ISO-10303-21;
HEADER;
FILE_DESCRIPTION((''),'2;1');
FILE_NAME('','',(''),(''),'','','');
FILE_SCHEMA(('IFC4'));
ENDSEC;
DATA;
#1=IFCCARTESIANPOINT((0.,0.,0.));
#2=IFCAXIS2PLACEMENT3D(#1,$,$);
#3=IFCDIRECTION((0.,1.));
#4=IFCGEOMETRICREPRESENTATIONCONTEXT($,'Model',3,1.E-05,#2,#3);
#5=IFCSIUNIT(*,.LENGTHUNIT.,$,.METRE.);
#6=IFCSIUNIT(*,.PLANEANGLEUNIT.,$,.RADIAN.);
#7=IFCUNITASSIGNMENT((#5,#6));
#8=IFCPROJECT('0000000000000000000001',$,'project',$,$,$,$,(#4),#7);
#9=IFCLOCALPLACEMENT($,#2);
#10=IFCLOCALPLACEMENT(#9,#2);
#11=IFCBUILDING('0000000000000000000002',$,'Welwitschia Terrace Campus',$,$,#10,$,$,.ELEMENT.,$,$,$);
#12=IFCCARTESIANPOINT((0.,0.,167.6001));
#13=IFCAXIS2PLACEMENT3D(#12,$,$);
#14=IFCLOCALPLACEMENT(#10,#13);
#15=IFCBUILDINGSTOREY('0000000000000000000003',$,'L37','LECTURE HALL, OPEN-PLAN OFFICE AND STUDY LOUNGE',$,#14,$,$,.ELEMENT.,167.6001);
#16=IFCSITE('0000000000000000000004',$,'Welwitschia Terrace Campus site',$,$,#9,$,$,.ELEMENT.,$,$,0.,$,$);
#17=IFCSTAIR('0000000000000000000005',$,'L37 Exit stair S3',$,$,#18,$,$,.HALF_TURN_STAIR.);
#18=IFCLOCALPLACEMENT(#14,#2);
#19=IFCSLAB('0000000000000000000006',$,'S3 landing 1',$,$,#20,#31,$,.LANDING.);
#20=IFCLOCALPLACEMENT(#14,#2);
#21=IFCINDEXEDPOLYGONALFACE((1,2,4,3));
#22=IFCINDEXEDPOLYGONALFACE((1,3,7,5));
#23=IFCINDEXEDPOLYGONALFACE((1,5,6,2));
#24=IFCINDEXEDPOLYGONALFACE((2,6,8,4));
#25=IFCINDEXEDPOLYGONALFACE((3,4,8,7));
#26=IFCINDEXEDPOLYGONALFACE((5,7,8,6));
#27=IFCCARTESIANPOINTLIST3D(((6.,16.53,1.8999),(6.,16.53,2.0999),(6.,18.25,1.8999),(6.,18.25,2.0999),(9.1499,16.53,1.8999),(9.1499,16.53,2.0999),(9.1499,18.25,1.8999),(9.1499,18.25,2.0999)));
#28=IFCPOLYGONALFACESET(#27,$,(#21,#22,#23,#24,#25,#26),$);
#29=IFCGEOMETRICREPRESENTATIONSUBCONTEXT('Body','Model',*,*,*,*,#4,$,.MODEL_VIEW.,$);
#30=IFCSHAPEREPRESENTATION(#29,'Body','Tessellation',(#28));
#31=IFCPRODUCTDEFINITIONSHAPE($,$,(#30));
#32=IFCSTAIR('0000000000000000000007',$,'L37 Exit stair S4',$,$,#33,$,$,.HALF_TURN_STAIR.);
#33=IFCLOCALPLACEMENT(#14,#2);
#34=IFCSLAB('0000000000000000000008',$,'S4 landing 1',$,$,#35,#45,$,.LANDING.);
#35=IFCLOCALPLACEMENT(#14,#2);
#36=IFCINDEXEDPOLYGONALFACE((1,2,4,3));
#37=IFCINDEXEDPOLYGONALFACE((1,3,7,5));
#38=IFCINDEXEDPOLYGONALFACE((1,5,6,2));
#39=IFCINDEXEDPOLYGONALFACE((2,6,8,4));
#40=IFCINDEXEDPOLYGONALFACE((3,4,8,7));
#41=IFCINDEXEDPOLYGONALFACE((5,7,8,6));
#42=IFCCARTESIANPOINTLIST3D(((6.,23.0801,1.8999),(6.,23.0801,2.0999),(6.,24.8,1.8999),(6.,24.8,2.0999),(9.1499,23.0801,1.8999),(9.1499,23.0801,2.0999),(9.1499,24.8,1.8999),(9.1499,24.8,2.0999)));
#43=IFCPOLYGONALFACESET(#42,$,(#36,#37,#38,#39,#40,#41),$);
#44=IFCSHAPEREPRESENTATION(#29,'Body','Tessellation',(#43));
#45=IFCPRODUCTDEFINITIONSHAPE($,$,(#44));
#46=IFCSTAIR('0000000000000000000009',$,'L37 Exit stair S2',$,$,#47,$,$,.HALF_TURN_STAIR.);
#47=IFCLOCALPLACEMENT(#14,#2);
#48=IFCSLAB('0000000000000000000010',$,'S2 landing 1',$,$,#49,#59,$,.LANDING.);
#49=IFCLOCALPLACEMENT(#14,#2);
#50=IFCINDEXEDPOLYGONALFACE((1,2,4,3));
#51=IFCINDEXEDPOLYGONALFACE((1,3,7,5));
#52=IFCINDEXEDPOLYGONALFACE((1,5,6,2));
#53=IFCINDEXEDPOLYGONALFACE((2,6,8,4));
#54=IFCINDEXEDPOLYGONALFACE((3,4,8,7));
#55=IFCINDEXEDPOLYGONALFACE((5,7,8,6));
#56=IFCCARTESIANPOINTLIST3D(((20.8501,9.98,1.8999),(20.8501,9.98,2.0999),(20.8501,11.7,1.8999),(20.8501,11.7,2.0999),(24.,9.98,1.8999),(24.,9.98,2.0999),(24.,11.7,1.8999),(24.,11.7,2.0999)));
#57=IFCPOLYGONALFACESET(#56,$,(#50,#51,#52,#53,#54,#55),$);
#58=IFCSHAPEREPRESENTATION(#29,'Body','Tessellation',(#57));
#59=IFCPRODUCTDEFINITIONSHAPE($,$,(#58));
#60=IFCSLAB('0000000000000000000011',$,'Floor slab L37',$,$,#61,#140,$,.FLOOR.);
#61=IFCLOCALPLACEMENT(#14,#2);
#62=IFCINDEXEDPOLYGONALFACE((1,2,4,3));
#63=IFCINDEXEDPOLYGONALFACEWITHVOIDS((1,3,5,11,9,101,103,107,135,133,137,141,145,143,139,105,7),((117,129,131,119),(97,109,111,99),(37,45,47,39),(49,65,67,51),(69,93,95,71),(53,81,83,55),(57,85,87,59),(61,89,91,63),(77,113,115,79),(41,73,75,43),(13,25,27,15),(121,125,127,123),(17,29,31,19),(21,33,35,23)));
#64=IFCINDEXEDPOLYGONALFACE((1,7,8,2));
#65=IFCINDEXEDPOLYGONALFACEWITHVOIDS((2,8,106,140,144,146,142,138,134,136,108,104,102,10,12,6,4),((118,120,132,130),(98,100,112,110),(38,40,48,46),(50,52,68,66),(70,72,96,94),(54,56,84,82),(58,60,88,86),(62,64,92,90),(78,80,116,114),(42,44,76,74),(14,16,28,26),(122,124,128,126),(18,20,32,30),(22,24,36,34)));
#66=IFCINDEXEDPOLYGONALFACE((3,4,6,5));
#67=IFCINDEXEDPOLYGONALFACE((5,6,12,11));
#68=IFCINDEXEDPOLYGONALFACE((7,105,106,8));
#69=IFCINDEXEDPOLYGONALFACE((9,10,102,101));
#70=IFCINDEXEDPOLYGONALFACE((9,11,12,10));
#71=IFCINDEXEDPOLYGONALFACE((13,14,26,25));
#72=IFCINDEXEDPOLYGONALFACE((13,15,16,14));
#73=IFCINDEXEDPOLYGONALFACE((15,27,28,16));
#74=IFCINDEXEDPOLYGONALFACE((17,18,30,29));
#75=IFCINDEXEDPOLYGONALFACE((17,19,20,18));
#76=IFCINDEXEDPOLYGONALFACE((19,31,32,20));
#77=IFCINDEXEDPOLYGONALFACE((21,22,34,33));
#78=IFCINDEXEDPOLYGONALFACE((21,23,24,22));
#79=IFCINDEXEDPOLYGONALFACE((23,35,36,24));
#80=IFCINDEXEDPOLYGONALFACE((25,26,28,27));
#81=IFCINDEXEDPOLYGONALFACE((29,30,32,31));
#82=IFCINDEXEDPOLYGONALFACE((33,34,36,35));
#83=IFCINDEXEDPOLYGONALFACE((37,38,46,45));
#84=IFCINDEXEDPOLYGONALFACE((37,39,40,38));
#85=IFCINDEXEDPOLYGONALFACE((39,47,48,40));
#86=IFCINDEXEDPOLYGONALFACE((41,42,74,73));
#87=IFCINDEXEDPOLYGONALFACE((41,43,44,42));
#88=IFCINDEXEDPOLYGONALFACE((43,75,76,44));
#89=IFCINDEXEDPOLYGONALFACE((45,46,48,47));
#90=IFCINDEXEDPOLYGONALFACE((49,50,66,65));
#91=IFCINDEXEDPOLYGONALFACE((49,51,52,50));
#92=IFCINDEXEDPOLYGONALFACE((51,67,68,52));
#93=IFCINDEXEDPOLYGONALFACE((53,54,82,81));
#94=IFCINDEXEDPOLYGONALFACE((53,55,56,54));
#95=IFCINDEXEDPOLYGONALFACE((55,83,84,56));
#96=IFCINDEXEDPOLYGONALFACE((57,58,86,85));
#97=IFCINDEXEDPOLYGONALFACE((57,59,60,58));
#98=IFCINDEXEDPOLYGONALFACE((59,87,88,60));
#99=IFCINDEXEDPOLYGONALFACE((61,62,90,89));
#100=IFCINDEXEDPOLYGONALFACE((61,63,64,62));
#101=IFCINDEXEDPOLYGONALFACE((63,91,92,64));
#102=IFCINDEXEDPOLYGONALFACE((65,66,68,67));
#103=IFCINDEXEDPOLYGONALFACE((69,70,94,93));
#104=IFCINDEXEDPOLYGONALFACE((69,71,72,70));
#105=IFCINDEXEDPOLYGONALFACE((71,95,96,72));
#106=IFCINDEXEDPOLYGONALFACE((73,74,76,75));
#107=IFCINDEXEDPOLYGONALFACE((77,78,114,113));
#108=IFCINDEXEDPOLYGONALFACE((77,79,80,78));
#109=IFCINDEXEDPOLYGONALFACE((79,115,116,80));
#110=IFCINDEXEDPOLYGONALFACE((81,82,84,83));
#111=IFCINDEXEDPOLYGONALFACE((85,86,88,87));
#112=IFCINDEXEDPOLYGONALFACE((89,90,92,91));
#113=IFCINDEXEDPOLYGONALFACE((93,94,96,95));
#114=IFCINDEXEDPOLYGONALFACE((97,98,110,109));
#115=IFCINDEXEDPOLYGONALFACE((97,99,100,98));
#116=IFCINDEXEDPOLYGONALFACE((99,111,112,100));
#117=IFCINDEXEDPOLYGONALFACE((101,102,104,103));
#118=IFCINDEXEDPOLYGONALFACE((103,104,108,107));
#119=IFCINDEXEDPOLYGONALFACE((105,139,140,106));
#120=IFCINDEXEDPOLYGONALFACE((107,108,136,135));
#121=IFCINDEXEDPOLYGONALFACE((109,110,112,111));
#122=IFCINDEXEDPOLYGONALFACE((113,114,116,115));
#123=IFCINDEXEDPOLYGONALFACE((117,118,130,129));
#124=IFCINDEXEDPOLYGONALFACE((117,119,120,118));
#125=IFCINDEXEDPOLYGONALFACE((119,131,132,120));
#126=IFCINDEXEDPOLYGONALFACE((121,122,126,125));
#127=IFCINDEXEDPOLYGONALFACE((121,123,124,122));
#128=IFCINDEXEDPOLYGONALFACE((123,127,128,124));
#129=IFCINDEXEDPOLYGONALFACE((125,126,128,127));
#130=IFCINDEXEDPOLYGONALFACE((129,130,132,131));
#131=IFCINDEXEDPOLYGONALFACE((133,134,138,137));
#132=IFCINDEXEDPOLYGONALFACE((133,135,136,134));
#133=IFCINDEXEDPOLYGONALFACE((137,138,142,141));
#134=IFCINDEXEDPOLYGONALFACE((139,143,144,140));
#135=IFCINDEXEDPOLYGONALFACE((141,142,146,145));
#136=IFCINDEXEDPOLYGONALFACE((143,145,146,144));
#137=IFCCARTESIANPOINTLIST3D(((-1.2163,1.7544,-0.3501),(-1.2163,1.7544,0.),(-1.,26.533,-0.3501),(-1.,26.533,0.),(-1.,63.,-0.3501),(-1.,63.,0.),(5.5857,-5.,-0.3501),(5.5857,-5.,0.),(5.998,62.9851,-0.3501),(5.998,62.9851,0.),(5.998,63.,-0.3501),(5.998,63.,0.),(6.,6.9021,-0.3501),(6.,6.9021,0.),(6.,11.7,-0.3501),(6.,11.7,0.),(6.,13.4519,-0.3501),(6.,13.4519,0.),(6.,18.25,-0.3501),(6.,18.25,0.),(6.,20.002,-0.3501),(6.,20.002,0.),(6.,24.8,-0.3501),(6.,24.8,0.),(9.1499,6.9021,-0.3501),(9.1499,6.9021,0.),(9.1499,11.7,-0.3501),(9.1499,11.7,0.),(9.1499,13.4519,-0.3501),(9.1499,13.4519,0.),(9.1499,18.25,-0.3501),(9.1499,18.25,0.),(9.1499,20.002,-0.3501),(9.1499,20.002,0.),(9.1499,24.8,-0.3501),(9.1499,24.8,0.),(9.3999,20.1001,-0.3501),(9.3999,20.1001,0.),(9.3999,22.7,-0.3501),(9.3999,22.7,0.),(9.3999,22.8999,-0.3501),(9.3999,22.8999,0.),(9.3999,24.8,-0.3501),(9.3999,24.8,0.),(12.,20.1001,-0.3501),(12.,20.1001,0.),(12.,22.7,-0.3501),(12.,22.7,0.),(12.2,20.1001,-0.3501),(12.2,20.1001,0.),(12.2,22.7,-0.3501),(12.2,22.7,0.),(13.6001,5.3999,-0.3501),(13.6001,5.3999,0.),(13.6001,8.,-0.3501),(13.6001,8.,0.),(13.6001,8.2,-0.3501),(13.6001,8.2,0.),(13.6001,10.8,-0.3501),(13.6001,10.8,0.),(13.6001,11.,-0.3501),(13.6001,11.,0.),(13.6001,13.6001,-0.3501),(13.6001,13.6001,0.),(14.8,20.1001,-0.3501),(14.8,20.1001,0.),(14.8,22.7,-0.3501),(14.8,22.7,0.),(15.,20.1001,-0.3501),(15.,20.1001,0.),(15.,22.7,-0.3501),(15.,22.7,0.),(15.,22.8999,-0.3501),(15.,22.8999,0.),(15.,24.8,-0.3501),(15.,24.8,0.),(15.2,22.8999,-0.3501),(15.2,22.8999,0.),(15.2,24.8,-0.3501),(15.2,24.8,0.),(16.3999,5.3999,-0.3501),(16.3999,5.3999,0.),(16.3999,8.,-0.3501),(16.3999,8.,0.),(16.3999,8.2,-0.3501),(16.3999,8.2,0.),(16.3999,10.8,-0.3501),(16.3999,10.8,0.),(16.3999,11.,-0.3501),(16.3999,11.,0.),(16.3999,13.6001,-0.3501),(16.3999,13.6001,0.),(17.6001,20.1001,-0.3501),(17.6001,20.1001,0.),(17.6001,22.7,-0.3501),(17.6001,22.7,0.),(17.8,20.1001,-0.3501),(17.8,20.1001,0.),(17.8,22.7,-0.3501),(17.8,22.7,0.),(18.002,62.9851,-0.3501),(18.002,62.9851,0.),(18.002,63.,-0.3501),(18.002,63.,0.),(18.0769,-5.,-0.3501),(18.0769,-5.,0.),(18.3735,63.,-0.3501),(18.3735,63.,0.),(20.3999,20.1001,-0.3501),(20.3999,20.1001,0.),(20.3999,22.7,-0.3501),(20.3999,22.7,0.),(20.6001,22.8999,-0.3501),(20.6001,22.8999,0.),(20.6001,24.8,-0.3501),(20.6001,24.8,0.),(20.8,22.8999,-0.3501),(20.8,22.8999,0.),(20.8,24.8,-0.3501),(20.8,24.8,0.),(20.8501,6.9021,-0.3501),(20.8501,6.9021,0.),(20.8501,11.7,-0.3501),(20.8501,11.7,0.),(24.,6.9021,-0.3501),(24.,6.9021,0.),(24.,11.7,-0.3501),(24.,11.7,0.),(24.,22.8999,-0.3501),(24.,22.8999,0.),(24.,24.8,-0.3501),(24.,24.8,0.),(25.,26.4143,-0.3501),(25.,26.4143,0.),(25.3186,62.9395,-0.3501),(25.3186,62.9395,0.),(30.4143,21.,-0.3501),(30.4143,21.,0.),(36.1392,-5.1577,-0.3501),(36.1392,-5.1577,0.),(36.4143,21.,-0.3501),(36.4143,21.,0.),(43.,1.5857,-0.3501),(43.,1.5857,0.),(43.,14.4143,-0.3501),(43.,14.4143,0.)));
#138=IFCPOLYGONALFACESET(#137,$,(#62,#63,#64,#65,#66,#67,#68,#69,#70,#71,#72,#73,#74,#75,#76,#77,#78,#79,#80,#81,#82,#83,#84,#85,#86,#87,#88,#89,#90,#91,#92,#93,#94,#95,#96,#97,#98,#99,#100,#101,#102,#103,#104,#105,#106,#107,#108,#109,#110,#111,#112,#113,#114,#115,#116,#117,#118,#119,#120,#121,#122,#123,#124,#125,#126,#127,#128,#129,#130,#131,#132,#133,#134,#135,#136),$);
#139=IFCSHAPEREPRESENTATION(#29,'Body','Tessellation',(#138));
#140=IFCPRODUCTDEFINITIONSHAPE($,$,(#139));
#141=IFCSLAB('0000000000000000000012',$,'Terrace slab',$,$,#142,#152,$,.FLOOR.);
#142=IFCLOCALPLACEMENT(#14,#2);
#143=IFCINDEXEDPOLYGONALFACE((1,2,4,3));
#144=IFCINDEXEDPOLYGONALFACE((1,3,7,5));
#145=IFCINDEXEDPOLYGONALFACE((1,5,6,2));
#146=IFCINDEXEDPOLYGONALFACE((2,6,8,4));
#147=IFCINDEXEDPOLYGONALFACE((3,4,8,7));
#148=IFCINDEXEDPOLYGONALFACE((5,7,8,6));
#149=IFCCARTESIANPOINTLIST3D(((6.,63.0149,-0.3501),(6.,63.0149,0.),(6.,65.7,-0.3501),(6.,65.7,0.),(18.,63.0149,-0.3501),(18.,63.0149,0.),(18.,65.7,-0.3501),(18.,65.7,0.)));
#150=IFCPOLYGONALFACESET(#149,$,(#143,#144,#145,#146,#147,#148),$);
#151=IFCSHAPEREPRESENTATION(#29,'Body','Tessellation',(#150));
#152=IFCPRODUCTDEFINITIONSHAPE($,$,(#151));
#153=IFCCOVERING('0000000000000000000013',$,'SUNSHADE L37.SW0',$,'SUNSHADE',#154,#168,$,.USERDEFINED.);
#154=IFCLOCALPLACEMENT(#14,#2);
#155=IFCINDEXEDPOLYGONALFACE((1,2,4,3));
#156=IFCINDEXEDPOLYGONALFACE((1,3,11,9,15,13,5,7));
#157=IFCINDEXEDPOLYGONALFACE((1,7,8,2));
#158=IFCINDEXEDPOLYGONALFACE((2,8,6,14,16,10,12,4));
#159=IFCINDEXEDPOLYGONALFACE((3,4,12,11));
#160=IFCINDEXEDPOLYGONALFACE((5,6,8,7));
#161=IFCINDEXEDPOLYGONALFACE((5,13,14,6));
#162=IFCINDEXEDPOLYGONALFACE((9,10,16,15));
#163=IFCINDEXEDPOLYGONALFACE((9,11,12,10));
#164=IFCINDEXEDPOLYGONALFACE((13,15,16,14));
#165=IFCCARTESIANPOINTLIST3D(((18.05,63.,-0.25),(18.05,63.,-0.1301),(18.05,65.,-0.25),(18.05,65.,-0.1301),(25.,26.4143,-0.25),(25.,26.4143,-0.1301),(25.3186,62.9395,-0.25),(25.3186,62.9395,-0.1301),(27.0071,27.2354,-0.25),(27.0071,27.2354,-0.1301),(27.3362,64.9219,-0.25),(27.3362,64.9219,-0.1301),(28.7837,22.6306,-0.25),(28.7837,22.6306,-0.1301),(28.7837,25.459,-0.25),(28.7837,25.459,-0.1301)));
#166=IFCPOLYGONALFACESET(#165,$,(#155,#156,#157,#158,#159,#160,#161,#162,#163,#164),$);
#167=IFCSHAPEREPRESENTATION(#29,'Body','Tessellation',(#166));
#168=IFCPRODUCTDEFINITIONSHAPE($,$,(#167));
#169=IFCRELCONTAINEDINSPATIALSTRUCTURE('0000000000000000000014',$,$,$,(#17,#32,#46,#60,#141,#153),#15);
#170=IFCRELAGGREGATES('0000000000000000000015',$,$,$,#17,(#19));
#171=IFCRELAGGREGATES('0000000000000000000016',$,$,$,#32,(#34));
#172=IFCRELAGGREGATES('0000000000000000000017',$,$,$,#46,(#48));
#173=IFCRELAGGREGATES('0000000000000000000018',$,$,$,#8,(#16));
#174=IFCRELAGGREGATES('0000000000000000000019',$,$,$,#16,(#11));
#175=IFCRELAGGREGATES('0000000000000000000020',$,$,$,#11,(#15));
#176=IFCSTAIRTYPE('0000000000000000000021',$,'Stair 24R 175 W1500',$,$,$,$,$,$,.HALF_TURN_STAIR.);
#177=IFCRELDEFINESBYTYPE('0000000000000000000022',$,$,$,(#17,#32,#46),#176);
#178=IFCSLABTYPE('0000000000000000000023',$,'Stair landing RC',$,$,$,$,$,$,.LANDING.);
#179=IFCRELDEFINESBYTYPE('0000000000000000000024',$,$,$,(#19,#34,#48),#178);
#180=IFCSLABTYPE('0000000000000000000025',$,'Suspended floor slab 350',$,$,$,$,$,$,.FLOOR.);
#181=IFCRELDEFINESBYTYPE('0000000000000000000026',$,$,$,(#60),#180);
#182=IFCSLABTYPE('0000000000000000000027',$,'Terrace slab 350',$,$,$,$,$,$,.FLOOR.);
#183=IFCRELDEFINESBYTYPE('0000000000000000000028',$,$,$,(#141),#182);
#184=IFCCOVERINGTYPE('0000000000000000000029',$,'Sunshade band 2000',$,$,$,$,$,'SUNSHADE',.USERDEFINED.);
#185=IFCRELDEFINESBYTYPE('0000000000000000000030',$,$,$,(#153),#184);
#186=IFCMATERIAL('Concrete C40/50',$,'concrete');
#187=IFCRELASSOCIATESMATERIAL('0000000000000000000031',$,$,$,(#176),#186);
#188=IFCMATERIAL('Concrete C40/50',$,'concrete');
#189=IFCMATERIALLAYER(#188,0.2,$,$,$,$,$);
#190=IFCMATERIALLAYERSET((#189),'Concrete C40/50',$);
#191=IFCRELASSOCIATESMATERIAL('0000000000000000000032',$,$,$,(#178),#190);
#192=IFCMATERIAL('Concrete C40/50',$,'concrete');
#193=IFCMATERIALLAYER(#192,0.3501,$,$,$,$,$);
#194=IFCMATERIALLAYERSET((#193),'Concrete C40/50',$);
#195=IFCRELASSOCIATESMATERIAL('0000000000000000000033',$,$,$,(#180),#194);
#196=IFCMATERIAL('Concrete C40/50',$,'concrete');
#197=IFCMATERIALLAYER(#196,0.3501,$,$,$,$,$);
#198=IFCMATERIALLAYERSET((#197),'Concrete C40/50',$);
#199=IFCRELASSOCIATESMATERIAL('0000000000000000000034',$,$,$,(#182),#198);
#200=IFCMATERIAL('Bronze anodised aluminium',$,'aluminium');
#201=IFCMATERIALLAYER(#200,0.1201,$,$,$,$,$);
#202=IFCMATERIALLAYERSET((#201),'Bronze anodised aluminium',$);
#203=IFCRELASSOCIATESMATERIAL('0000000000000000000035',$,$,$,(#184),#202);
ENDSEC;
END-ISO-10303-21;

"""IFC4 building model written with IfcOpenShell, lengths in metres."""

from ifc_helpers import new_model, si_unit, direction, frame, origin, place, context, subcontext, project, spatial, polyline, outline, extrude, material, layer, layer_set, type_object, element, aggregate, save


model = new_model("IFC4")

# Units and contexts
model_context = context("Model", 3, precision=1e-05, world=origin(), true_north=direction((0.0, 1.0)))
body_context = subcontext(model_context, "Body", "Model", "MODEL_VIEW")
ifc_project = project(units=[si_unit("LENGTHUNIT", "METRE"), si_unit("PLANEANGLEUNIT", "RADIAN")], contexts=[model_context])

# Site, building, storey
site_placement = place(None, origin())
site = spatial("IfcSite", under=ifc_project, at=site_placement, Name="Welwitschia Terrace Campus site", CompositionType="ELEMENT", RefElevation=0.0)
building_placement = place(site_placement, origin())
building = spatial("IfcBuilding", under=site, at=building_placement, Name="Welwitschia Terrace Campus", CompositionType="ELEMENT")
storey_placement = place(building_placement, frame((0.0, 0.0, 167.6001)))
storey = spatial("IfcBuildingStorey", under=building, at=storey_placement, Name="L37", Description="LECTURE HALL, OPEN-PLAN OFFICE AND STUDY LOUNGE", CompositionType="ELEMENT", Elevation=167.6001)

# Stairs, slabs
ifc_material_1 = material(Name="Concrete C40/50", Category="concrete")
stair_type = type_object("IfcStairType", Name="Stair 24R 175 W1500", PredefinedType="HALF_TURN_STAIR", material=ifc_material_1)
ifc_material_2 = material(Name="Concrete C40/50", Category="concrete")
ifc_layer_1 = layer(ifc_material_2, 0.2)
ifc_layer_set_1 = layer_set([ifc_layer_1], Name="Concrete C40/50")
slab_type_1 = type_object("IfcSlabType", Name="Stair landing RC", PredefinedType="LANDING", material=ifc_layer_set_1)
stair_1_placement = place(storey_placement, origin())
stair_1 = element("IfcStair", 1, at=stair_1_placement, inside=storey, type_object=stair_type, Name="L37 Exit stair S3", PredefinedType="HALF_TURN_STAIR")
slab_1_placement = place(storey_placement, frame((0.0, 0.0, 1.8999)))
slab_1 = element("IfcSlab", 2, at=slab_1_placement, type_object=slab_type_1, Name="S3 landing 1", PredefinedType="LANDING", context=body_context, shape_type="SweptSolid", body=[
    extrude(outline(polyline([(9.1499, 16.53), (9.1499, 18.25), (6.0, 18.25), (6.0, 16.53), (9.1499, 16.53)])), origin(), (0.0, 0.0, 1.0), 0.2),
])
aggregate(stair_1, [slab_1])
stair_2_placement = place(storey_placement, origin())
stair_2 = element("IfcStair", 3, at=stair_2_placement, inside=storey, type_object=stair_type, Name="L37 Exit stair S4", PredefinedType="HALF_TURN_STAIR")
slab_2_placement = place(storey_placement, frame((0.0, 0.0, 1.8999)))
slab_2 = element("IfcSlab", 4, at=slab_2_placement, type_object=slab_type_1, Name="S4 landing 1", PredefinedType="LANDING", context=body_context, shape_type="SweptSolid", body=[
    extrude(outline(polyline([(9.1499, 23.0801), (9.1499, 24.8), (6.0, 24.8), (6.0, 23.0801), (9.1499, 23.0801)])), origin(), (0.0, 0.0, 1.0), 0.2),
])
aggregate(stair_2, [slab_2])
stair_3_placement = place(storey_placement, origin())
stair_3 = element("IfcStair", 5, at=stair_3_placement, inside=storey, type_object=stair_type, Name="L37 Exit stair S2", PredefinedType="HALF_TURN_STAIR")
slab_3_placement = place(storey_placement, frame((0.0, 0.0, 1.8999)))
slab_3 = element("IfcSlab", 6, at=slab_3_placement, type_object=slab_type_1, Name="S2 landing 1", PredefinedType="LANDING", context=body_context, shape_type="SweptSolid", body=[
    extrude(outline(polyline([(24.0, 9.98), (24.0, 11.7), (20.8501, 11.7), (20.8501, 9.98), (24.0, 9.98)])), origin(), (0.0, 0.0, 1.0), 0.2),
])
aggregate(stair_3, [slab_3])

# Slabs
ifc_material_3 = material(Name="Concrete C40/50", Category="concrete")
ifc_layer_2 = layer(ifc_material_3, 0.3501)
ifc_layer_set_2 = layer_set([ifc_layer_2], Name="Concrete C40/50")
slab_type_2 = type_object("IfcSlabType", Name="Suspended floor slab 350", PredefinedType="FLOOR", material=ifc_layer_set_2)
slab_4_placement = place(storey_placement, frame((0.0, 0.0, -0.3501)))
element("IfcSlab", 7, at=slab_4_placement, inside=storey, type_object=slab_type_2, Name="Floor slab L37", PredefinedType="FLOOR", context=body_context, shape_type="SweptSolid", body=[
    extrude(outline(polyline([(25.0, 26.4143), (30.4143, 21.0), (36.4143, 21.0), (43.0, 14.4143), (43.0, 1.5857), (36.1392, -5.1577), (18.0769, -5.0), (5.5857, -5.0), (-1.2163, 1.7544), (-1.0, 26.533), (-1.0, 63.0), (5.998, 63.0), (5.998, 62.9851), (18.002, 62.9851), (18.002, 63.0), (18.3735, 63.0), (25.3186, 62.9395), (25.0, 26.4143)]), holes=[polyline([(13.6001, 5.3999), (16.3999, 5.3999), (16.3999, 8.0), (13.6001, 8.0), (13.6001, 5.3999)]), polyline([(6.0, 11.7), (6.0, 6.9021), (9.1499, 6.9021), (9.1499, 11.7), (6.0, 11.7)]), polyline([(6.0, 18.25), (6.0, 13.4519), (9.1499, 13.4519), (9.1499, 18.25), (6.0, 18.25)]), polyline([(9.3999, 22.7), (9.3999, 20.1001), (12.0, 20.1001), (12.0, 22.7), (9.3999, 22.7)]), polyline([(12.2, 22.7), (12.2, 20.1001), (14.8, 20.1001), (14.8, 22.7), (12.2, 22.7)]), polyline([(6.0, 24.8), (6.0, 20.002), (9.1499, 20.002), (9.1499, 24.8), (6.0, 24.8)]), polyline([(9.3999, 24.8), (9.3999, 22.8999), (15.0, 22.8999), (15.0, 24.8), (9.3999, 24.8)]), polyline([(20.8501, 6.9021), (24.0, 6.9021), (24.0, 11.7), (20.8501, 11.7), (20.8501, 6.9021)]), polyline([(13.6001, 10.8), (13.6001, 8.2), (16.3999, 8.2), (16.3999, 10.8), (13.6001, 10.8)]), polyline([(13.6001, 13.6001), (13.6001, 11.0), (16.3999, 11.0), (16.3999, 13.6001), (13.6001, 13.6001)]), polyline([(15.0, 22.7), (15.0, 20.1001), (17.6001, 20.1001), (17.6001, 22.7), (15.0, 22.7)]), polyline([(17.8, 22.7), (17.8, 20.1001), (20.3999, 20.1001), (20.3999, 22.7), (17.8, 22.7)]), polyline([(15.2, 24.8), (15.2, 22.8999), (20.6001, 22.8999), (20.6001, 24.8), (15.2, 24.8)]), polyline([(20.8, 24.8), (20.8, 22.8999), (24.0, 22.8999), (24.0, 24.8), (20.8, 24.8)])]), origin(), (0.0, 0.0, 1.0), 0.3501),
])
ifc_material_4 = material(Name="Concrete C40/50", Category="concrete")
ifc_layer_3 = layer(ifc_material_4, 0.3501)
ifc_layer_set_3 = layer_set([ifc_layer_3], Name="Concrete C40/50")
slab_type_3 = type_object("IfcSlabType", Name="Terrace slab 350", PredefinedType="FLOOR", material=ifc_layer_set_3)
slab_5_placement = place(storey_placement, frame((0.0, 0.0, -0.3501)))
element("IfcSlab", 8, at=slab_5_placement, inside=storey, type_object=slab_type_3, Name="Terrace slab", PredefinedType="FLOOR", context=body_context, shape_type="SweptSolid", body=[
    extrude(outline(polyline([(6.0, 65.7), (18.0, 65.7), (18.0, 63.0149), (6.0, 63.0149), (6.0, 65.7)])), origin(), (0.0, 0.0, 1.0), 0.3501),
])

# Covering
ifc_material_5 = material(Name="Bronze anodised aluminium", Category="aluminium")
ifc_layer_4 = layer(ifc_material_5, 0.1201)
ifc_layer_set_4 = layer_set([ifc_layer_4], Name="Bronze anodised aluminium")
covering_type_1 = type_object("IfcCoveringType", Name="Sunshade band 2000", ElementType="SUNSHADE", PredefinedType="USERDEFINED", material=ifc_layer_set_4)
covering_1_placement = place(storey_placement, frame((0.0, 0.0, -0.25)))
element("IfcCovering", 9, at=covering_1_placement, inside=storey, type_object=covering_type_1, Name="SUNSHADE L37.SW0", ObjectType="SUNSHADE", PredefinedType="USERDEFINED", context=body_context, shape_type="SweptSolid", body=[
    extrude(outline(polyline([(28.7837, 25.459), (28.7837, 22.6306), (25.0, 26.4143), (25.3186, 62.9395), (18.05, 63.0), (18.05, 65.0), (27.3362, 64.9219), (27.0071, 27.2354), (28.7837, 25.459)])), origin(), (0.0, 0.0, 1.0), 0.1199),
])

save(model, "model.ifc")
